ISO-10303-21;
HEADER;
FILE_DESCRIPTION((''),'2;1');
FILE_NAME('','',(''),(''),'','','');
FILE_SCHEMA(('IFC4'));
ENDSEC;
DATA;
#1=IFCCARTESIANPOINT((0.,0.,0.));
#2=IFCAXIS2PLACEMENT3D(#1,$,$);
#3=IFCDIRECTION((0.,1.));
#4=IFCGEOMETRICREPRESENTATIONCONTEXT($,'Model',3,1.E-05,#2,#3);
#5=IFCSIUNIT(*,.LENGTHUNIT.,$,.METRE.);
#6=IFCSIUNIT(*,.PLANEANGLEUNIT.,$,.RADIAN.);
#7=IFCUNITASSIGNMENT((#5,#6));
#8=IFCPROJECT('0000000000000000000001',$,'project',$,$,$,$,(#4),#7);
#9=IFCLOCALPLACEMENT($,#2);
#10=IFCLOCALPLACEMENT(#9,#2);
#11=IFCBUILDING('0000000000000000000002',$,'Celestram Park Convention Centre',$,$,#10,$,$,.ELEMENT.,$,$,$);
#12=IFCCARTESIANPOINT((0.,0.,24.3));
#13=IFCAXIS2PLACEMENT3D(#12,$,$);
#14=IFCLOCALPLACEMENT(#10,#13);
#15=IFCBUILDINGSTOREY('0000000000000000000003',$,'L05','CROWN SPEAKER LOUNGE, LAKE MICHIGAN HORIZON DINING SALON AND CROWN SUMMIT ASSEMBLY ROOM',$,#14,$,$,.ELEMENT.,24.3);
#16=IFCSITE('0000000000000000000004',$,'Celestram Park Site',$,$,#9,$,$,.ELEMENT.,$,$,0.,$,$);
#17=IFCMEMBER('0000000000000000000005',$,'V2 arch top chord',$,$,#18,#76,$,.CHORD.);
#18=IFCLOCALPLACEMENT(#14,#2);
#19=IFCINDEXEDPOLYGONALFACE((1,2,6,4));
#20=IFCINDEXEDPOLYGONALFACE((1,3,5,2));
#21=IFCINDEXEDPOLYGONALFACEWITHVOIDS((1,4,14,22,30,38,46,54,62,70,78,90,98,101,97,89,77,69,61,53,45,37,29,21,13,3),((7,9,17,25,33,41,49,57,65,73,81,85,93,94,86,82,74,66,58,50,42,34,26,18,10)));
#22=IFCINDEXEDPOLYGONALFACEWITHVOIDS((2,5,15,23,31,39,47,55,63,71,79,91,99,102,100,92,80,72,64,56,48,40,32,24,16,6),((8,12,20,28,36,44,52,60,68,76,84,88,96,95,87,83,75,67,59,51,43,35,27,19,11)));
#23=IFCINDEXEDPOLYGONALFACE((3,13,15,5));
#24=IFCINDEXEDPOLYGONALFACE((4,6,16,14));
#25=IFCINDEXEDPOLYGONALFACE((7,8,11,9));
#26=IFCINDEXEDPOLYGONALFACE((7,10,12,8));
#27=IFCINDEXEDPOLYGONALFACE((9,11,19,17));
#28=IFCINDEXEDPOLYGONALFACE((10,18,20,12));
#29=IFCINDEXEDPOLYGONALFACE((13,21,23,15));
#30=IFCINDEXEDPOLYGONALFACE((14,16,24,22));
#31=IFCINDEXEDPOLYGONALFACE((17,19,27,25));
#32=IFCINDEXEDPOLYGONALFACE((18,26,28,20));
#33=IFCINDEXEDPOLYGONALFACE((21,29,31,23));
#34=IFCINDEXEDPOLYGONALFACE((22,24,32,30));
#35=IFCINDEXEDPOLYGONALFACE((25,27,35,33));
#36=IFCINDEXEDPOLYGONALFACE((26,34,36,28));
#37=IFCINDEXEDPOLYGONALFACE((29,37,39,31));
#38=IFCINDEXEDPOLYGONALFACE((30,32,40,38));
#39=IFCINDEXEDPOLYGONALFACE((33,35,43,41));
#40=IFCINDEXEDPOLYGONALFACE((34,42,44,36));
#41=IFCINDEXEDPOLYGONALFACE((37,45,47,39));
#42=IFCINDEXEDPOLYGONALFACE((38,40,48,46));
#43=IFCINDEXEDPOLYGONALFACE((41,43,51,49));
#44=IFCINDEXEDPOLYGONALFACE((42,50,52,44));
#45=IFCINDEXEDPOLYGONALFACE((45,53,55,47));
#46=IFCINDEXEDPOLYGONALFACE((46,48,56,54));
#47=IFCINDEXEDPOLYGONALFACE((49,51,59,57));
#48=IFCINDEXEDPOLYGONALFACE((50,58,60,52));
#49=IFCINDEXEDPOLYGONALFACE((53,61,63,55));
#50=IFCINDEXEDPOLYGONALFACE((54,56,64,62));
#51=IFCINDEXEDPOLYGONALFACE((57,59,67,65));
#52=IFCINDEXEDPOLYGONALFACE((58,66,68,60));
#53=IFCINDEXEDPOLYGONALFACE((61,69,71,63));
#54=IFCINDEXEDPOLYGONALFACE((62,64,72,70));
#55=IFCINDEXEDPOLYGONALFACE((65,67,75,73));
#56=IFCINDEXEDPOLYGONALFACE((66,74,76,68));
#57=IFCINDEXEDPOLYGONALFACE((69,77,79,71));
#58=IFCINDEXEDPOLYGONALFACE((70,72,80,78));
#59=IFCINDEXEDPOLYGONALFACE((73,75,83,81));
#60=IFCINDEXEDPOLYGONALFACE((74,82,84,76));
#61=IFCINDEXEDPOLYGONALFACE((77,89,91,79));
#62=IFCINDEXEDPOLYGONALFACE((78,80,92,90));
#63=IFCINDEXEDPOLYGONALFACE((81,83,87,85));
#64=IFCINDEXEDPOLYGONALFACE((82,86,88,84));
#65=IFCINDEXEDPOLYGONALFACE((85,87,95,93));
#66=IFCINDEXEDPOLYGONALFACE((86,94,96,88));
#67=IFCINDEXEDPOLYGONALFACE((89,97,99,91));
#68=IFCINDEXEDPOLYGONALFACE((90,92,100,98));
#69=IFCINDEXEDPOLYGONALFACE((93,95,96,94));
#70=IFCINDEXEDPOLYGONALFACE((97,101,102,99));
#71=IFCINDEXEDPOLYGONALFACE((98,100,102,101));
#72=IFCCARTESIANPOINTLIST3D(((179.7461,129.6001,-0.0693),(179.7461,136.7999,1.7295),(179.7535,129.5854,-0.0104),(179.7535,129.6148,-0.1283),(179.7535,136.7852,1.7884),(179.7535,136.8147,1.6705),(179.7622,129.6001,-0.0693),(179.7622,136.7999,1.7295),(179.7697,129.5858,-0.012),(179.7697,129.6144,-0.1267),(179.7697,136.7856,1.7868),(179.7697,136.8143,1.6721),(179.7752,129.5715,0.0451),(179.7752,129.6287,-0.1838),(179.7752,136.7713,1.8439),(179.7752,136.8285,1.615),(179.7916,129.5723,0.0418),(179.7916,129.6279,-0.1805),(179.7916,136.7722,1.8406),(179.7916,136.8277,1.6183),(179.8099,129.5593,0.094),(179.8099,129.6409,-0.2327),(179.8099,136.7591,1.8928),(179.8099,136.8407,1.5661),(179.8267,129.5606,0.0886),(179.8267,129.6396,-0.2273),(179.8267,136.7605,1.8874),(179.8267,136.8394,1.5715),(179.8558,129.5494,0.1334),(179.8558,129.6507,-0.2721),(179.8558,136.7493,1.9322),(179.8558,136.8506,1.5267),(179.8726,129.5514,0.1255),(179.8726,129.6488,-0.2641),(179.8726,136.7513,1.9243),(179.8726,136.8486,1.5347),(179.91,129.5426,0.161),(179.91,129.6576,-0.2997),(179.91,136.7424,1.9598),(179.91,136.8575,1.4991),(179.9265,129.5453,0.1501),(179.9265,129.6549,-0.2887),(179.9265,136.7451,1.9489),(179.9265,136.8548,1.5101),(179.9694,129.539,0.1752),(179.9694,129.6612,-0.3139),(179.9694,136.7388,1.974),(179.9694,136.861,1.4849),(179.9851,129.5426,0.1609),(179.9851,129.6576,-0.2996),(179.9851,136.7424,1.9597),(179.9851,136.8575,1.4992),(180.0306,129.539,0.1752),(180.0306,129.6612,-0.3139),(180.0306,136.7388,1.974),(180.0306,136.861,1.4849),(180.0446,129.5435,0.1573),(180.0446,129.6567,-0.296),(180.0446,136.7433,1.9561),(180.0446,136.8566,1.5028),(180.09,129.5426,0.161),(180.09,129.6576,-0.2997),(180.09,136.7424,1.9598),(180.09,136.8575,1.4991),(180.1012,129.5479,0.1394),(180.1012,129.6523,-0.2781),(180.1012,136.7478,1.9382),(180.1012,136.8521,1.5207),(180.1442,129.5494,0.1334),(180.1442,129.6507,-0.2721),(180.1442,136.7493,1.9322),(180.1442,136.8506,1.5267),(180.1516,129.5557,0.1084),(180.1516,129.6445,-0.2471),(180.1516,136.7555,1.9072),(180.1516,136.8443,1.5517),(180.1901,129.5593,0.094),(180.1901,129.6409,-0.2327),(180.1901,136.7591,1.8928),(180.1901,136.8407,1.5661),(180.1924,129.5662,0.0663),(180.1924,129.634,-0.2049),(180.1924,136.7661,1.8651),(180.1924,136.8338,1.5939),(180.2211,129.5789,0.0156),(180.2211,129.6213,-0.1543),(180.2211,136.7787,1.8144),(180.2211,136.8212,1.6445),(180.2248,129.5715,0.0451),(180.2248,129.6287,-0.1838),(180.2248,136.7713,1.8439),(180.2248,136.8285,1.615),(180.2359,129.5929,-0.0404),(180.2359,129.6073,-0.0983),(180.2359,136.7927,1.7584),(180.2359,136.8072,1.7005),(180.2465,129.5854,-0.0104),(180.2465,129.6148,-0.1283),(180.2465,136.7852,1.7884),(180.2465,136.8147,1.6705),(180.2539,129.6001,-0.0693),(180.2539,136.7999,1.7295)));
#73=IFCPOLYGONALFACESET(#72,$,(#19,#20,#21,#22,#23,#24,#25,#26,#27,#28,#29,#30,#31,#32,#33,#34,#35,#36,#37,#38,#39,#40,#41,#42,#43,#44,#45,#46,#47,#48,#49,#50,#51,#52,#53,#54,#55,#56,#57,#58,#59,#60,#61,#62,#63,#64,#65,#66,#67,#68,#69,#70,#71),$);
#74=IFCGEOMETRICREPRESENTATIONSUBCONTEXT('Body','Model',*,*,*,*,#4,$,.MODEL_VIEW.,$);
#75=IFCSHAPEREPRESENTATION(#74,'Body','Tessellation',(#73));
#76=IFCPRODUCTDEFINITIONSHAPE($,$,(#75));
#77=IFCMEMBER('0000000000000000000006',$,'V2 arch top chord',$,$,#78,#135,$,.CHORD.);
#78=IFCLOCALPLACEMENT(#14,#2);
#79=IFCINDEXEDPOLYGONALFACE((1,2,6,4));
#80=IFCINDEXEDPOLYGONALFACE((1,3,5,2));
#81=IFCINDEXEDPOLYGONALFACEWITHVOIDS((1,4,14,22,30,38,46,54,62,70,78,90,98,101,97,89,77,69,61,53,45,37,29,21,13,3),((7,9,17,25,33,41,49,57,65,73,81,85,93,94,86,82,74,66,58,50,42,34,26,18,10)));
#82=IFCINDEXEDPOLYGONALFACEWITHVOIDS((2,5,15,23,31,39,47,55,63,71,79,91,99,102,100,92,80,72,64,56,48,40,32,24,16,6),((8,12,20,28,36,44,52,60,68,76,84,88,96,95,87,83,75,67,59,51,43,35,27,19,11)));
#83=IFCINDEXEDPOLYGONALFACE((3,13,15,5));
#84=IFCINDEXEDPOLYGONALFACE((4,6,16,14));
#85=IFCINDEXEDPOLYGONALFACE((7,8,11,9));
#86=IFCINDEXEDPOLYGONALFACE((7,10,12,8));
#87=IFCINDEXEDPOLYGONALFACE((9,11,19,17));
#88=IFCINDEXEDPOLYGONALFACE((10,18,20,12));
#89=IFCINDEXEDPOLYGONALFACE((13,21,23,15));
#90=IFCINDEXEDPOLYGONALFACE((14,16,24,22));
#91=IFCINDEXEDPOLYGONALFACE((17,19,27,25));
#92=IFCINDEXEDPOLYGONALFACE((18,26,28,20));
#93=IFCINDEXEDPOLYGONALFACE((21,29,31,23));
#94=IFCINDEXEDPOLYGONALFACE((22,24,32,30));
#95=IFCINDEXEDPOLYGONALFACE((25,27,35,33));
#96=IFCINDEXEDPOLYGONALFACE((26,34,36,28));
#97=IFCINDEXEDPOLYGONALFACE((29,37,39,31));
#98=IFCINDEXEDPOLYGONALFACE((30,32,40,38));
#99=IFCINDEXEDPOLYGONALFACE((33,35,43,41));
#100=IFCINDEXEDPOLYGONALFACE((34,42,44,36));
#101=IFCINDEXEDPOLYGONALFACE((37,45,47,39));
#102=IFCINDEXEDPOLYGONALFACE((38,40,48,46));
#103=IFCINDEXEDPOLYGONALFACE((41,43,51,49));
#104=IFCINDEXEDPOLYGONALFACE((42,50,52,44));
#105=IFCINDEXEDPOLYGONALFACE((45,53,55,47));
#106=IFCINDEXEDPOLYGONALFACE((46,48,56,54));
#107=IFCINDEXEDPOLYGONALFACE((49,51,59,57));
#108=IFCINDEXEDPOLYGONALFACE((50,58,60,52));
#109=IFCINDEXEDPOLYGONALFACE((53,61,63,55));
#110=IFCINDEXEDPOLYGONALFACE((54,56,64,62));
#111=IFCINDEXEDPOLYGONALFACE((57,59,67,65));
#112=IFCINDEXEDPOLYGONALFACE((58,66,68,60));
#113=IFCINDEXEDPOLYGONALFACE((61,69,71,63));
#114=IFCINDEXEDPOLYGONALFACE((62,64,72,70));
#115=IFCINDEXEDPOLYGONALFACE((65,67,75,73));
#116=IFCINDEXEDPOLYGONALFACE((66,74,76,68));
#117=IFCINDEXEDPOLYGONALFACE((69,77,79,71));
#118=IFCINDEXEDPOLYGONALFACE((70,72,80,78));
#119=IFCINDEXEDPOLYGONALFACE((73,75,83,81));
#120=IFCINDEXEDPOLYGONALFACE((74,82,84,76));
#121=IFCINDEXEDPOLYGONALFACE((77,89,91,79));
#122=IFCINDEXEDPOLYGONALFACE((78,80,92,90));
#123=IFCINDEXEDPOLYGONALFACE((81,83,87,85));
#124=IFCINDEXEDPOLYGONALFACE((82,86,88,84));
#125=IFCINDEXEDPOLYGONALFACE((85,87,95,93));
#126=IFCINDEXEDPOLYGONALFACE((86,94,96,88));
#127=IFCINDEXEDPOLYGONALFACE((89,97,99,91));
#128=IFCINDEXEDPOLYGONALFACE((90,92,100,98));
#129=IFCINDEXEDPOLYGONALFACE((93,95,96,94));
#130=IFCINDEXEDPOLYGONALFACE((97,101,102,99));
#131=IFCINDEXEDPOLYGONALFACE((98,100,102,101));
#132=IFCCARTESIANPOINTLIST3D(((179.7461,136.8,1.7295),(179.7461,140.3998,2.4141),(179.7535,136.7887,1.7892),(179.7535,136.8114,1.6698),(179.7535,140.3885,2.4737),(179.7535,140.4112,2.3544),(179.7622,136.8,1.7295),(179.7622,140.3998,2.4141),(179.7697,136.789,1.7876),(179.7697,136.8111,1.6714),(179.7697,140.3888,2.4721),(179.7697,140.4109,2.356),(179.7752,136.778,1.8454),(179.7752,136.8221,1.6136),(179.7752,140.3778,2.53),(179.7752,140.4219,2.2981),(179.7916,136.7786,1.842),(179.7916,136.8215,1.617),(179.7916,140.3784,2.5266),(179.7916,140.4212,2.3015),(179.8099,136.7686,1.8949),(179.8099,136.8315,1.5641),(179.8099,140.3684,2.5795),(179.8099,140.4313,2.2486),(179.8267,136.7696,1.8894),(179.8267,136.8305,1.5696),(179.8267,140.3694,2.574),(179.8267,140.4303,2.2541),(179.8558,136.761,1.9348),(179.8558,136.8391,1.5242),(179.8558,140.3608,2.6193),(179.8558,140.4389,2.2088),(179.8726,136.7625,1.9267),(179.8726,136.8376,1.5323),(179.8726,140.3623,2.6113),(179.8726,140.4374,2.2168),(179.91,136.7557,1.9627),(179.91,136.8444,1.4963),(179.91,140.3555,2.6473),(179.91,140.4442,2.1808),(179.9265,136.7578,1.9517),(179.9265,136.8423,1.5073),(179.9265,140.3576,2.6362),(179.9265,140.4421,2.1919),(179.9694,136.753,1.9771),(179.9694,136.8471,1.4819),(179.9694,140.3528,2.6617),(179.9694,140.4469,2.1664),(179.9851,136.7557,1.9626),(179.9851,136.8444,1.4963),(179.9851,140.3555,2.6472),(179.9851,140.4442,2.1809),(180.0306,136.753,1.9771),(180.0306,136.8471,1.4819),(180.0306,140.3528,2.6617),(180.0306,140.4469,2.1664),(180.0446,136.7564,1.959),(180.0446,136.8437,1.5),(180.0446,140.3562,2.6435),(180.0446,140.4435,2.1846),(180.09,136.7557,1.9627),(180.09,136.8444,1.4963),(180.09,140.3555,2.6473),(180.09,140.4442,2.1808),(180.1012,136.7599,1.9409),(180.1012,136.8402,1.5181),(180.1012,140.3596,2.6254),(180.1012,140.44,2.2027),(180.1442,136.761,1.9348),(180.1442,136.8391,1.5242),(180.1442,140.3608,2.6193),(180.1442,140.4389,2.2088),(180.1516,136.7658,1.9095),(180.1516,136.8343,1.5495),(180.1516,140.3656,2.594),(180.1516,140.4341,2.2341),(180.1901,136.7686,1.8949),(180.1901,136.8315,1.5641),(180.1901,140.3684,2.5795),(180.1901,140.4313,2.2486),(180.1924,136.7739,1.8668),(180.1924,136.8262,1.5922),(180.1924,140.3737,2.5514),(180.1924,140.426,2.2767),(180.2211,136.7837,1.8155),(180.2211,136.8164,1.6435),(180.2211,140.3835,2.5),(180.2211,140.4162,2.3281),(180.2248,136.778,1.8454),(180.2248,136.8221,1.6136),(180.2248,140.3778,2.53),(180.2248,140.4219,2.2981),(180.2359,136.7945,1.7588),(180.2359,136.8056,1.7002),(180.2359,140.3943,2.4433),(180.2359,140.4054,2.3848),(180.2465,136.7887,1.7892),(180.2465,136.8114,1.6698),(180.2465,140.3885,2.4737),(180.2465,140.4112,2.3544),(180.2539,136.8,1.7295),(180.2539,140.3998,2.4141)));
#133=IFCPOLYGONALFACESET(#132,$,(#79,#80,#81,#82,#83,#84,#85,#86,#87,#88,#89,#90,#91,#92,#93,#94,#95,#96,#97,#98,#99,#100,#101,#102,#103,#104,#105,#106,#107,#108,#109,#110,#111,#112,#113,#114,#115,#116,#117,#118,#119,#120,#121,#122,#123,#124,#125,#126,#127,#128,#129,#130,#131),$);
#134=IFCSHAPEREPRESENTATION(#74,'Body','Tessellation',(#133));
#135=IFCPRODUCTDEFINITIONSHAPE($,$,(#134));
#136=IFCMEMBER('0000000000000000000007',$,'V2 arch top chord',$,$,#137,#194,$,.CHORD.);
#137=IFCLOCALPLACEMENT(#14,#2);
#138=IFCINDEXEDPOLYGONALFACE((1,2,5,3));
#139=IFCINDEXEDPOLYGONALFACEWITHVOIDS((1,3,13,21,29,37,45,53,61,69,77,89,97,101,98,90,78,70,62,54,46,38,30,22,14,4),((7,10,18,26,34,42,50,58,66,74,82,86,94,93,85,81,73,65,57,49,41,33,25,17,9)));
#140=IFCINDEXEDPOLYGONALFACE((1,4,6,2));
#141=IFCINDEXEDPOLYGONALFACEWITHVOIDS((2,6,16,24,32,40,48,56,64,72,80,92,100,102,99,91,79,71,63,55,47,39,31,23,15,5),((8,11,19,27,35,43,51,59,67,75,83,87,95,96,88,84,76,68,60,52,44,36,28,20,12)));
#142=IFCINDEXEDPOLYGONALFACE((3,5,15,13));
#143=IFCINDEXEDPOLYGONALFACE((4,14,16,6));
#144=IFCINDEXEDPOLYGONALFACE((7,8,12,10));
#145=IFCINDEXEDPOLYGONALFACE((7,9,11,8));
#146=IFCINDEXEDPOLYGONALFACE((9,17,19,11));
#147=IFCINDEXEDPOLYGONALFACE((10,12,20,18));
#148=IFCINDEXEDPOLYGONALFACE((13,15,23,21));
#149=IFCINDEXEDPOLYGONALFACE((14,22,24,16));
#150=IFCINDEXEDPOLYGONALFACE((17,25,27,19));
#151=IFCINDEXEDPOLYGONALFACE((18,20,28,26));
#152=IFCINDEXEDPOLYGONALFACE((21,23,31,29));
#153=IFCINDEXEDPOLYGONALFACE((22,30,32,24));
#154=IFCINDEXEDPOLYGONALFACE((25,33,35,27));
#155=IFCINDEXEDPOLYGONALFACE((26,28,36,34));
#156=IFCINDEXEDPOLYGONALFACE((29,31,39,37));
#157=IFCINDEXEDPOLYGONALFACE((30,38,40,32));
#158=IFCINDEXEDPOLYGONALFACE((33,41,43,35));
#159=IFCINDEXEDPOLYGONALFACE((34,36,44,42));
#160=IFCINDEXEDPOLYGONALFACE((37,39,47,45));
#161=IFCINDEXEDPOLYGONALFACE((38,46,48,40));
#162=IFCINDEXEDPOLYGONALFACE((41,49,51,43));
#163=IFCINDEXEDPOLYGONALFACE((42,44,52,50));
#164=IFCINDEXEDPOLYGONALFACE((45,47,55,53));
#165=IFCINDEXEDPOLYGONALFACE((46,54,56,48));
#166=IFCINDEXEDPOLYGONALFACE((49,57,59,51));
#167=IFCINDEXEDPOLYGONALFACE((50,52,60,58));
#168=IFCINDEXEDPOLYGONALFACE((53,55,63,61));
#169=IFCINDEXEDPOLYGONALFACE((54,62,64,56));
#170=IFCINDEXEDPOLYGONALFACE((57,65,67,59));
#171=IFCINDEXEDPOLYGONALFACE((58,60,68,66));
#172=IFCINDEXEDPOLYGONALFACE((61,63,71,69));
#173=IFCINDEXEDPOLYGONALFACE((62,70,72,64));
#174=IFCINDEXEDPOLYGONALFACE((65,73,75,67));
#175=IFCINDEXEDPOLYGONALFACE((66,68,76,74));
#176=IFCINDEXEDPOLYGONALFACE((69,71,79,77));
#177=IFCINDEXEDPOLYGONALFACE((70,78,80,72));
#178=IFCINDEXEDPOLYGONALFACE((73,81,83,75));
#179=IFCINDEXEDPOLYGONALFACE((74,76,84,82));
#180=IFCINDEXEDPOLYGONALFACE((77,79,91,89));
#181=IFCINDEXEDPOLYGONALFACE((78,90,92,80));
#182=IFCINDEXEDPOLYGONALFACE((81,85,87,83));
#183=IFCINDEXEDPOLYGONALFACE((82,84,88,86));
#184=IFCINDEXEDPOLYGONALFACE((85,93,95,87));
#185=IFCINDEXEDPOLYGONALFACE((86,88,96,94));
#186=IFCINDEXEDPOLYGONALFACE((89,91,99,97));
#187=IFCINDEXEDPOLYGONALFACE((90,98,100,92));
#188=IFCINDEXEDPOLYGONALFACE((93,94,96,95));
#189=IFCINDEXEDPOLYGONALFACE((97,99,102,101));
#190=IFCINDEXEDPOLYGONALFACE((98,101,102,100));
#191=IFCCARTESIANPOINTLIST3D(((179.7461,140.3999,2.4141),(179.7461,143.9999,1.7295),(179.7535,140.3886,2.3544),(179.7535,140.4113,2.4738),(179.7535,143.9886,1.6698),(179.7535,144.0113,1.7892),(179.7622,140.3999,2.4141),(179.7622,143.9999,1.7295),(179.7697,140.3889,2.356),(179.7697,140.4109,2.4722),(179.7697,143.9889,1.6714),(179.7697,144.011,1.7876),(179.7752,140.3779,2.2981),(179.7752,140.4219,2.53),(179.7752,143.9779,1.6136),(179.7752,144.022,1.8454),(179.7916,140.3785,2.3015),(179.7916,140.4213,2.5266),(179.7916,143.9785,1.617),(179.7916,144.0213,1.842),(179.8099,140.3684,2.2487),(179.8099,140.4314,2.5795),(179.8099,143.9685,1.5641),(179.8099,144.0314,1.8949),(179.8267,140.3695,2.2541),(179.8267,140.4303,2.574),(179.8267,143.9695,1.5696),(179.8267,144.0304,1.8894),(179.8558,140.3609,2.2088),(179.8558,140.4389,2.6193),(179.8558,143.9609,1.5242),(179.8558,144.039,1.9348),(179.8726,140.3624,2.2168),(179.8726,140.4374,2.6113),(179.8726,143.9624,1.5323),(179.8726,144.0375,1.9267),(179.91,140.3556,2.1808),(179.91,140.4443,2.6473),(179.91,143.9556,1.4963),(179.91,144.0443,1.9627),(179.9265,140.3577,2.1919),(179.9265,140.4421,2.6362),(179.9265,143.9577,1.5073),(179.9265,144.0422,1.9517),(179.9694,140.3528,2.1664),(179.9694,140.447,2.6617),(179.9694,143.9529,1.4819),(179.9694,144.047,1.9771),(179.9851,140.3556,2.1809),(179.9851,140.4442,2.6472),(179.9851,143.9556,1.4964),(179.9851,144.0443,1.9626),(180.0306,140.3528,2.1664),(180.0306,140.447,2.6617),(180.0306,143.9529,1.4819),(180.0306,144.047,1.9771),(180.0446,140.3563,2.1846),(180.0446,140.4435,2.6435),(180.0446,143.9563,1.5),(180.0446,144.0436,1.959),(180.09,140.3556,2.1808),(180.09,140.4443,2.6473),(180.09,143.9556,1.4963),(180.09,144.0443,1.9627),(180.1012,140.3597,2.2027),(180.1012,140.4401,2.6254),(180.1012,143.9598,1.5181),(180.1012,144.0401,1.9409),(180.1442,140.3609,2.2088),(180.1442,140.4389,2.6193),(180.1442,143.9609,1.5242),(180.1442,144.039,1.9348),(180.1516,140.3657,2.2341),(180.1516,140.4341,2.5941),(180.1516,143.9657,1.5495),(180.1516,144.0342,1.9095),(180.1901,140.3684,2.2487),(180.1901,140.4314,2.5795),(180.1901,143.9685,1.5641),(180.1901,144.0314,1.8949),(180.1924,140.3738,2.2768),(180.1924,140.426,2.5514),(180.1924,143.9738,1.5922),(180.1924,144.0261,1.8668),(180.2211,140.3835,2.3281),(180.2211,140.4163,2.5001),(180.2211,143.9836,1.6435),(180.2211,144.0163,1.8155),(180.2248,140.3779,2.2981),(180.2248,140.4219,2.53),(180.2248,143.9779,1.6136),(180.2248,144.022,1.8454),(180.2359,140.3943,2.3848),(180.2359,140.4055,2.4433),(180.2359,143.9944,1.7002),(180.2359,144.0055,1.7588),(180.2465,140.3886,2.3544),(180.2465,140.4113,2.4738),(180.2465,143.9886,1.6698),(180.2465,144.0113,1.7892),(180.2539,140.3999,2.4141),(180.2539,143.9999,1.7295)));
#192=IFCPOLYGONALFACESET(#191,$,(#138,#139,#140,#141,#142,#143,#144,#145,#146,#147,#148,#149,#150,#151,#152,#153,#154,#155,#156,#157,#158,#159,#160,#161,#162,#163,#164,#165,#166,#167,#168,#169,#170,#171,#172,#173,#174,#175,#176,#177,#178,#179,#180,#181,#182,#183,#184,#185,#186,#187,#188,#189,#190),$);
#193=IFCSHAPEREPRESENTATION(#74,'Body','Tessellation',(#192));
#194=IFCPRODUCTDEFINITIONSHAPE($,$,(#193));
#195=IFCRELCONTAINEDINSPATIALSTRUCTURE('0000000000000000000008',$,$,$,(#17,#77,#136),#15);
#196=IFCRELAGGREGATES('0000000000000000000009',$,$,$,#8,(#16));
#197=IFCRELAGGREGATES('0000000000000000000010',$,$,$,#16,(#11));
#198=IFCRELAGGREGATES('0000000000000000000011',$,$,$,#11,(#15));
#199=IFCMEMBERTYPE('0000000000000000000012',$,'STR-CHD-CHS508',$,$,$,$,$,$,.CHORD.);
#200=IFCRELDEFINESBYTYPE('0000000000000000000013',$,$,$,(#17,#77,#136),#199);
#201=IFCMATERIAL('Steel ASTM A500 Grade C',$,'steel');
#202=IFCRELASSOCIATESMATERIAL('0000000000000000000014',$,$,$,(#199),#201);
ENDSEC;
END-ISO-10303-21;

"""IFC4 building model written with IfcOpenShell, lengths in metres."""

from ifc_helpers import new_model, si_unit, direction, frame, origin, origin_2d, place, context, subcontext, project, spatial, hollow_circle, extrude, material, material_profile, profile_set, type_object, element, save


model = new_model("IFC4")

# Units and contexts
model_context = context("Model", 3, precision=1e-05, world=origin(), true_north=direction((0.0, 1.0)))
body_context = subcontext(model_context, "Body", "Model", "MODEL_VIEW")
ifc_project = project(units=[si_unit("LENGTHUNIT", "METRE"), si_unit("PLANEANGLEUNIT", "RADIAN")], contexts=[model_context])

# Site, building, storey
site_placement = place(None, origin())
site = spatial("IfcSite", under=ifc_project, at=site_placement, Name="Celestram Park Site", CompositionType="ELEMENT", RefElevation=0.0)
building_placement = place(site_placement, origin())
building = spatial("IfcBuilding", under=site, at=building_placement, Name="Celestram Park Convention Centre", CompositionType="ELEMENT")
storey_placement = place(building_placement, frame((0.0, 0.0, 24.3)))
storey = spatial("IfcBuildingStorey", under=building, at=storey_placement, Name="L05", Description="CROWN SPEAKER LOUNGE, LAKE MICHIGAN HORIZON DINING SALON AND CROWN SUMMIT ASSEMBLY ROOM", CompositionType="ELEMENT", Elevation=24.3)

# Members
ifc_material_1 = material(Name="Steel ASTM A500 Grade C", Category="steel")
ifc_material_profile_1 = material_profile(ifc_material_1, hollow_circle(Radius=0.2539, WallThickness=0.0161, at=origin_2d()), Name="CHS508X16")
ifc_profile_set_1 = profile_set([ifc_material_profile_1], Name="Steel ASTM A500 Grade C")
member_type_1 = type_object("IfcMemberType", Name="STR-CHD-CHS508", PredefinedType="CHORD", material=ifc_profile_set_1)
member_1_placement = place(storey_placement, frame((180.0, 129.6001, -0.0693), z_axis=(0.0, 0.970179, 0.242389), x_axis=(-1.0, 0.0, 0.0)))
element("IfcMember", 1, at=member_1_placement, inside=storey, type_object=member_type_1, Name="V2 arch top chord", PredefinedType="CHORD", context=body_context, shape_type="SweptSolid", body=[
    extrude(hollow_circle(Radius=0.2539, WallThickness=0.0161, at=origin_2d()), origin(), (0.0, 0.0, 1.0), 7.4211),
])
member_2_placement = place(storey_placement, frame((180.0, 136.8, 1.7295), z_axis=(0.0, 0.982395, 0.186818), x_axis=(-1.0, 0.0, 0.0)))
element("IfcMember", 2, at=member_2_placement, inside=storey, type_object=member_type_1, Name="V2 arch top chord", PredefinedType="CHORD", context=body_context, shape_type="SweptSolid", body=[
    extrude(hollow_circle(Radius=0.2539, WallThickness=0.0161, at=origin_2d()), origin(), (0.0, 0.0, 1.0), 3.6643),
])
member_3_placement = place(storey_placement, frame((180.0, 140.3999, 2.4141), z_axis=(0.0, 0.982397, -0.186806), x_axis=(-1.0, 0.0, 0.0)))
element("IfcMember", 3, at=member_3_placement, inside=storey, type_object=member_type_1, Name="V2 arch top chord", PredefinedType="CHORD", context=body_context, shape_type="SweptSolid", body=[
    extrude(hollow_circle(Radius=0.2539, WallThickness=0.0161, at=origin_2d()), origin(), (0.0, 0.0, 1.0), 3.6646),
])

save(model, "model.ifc")
